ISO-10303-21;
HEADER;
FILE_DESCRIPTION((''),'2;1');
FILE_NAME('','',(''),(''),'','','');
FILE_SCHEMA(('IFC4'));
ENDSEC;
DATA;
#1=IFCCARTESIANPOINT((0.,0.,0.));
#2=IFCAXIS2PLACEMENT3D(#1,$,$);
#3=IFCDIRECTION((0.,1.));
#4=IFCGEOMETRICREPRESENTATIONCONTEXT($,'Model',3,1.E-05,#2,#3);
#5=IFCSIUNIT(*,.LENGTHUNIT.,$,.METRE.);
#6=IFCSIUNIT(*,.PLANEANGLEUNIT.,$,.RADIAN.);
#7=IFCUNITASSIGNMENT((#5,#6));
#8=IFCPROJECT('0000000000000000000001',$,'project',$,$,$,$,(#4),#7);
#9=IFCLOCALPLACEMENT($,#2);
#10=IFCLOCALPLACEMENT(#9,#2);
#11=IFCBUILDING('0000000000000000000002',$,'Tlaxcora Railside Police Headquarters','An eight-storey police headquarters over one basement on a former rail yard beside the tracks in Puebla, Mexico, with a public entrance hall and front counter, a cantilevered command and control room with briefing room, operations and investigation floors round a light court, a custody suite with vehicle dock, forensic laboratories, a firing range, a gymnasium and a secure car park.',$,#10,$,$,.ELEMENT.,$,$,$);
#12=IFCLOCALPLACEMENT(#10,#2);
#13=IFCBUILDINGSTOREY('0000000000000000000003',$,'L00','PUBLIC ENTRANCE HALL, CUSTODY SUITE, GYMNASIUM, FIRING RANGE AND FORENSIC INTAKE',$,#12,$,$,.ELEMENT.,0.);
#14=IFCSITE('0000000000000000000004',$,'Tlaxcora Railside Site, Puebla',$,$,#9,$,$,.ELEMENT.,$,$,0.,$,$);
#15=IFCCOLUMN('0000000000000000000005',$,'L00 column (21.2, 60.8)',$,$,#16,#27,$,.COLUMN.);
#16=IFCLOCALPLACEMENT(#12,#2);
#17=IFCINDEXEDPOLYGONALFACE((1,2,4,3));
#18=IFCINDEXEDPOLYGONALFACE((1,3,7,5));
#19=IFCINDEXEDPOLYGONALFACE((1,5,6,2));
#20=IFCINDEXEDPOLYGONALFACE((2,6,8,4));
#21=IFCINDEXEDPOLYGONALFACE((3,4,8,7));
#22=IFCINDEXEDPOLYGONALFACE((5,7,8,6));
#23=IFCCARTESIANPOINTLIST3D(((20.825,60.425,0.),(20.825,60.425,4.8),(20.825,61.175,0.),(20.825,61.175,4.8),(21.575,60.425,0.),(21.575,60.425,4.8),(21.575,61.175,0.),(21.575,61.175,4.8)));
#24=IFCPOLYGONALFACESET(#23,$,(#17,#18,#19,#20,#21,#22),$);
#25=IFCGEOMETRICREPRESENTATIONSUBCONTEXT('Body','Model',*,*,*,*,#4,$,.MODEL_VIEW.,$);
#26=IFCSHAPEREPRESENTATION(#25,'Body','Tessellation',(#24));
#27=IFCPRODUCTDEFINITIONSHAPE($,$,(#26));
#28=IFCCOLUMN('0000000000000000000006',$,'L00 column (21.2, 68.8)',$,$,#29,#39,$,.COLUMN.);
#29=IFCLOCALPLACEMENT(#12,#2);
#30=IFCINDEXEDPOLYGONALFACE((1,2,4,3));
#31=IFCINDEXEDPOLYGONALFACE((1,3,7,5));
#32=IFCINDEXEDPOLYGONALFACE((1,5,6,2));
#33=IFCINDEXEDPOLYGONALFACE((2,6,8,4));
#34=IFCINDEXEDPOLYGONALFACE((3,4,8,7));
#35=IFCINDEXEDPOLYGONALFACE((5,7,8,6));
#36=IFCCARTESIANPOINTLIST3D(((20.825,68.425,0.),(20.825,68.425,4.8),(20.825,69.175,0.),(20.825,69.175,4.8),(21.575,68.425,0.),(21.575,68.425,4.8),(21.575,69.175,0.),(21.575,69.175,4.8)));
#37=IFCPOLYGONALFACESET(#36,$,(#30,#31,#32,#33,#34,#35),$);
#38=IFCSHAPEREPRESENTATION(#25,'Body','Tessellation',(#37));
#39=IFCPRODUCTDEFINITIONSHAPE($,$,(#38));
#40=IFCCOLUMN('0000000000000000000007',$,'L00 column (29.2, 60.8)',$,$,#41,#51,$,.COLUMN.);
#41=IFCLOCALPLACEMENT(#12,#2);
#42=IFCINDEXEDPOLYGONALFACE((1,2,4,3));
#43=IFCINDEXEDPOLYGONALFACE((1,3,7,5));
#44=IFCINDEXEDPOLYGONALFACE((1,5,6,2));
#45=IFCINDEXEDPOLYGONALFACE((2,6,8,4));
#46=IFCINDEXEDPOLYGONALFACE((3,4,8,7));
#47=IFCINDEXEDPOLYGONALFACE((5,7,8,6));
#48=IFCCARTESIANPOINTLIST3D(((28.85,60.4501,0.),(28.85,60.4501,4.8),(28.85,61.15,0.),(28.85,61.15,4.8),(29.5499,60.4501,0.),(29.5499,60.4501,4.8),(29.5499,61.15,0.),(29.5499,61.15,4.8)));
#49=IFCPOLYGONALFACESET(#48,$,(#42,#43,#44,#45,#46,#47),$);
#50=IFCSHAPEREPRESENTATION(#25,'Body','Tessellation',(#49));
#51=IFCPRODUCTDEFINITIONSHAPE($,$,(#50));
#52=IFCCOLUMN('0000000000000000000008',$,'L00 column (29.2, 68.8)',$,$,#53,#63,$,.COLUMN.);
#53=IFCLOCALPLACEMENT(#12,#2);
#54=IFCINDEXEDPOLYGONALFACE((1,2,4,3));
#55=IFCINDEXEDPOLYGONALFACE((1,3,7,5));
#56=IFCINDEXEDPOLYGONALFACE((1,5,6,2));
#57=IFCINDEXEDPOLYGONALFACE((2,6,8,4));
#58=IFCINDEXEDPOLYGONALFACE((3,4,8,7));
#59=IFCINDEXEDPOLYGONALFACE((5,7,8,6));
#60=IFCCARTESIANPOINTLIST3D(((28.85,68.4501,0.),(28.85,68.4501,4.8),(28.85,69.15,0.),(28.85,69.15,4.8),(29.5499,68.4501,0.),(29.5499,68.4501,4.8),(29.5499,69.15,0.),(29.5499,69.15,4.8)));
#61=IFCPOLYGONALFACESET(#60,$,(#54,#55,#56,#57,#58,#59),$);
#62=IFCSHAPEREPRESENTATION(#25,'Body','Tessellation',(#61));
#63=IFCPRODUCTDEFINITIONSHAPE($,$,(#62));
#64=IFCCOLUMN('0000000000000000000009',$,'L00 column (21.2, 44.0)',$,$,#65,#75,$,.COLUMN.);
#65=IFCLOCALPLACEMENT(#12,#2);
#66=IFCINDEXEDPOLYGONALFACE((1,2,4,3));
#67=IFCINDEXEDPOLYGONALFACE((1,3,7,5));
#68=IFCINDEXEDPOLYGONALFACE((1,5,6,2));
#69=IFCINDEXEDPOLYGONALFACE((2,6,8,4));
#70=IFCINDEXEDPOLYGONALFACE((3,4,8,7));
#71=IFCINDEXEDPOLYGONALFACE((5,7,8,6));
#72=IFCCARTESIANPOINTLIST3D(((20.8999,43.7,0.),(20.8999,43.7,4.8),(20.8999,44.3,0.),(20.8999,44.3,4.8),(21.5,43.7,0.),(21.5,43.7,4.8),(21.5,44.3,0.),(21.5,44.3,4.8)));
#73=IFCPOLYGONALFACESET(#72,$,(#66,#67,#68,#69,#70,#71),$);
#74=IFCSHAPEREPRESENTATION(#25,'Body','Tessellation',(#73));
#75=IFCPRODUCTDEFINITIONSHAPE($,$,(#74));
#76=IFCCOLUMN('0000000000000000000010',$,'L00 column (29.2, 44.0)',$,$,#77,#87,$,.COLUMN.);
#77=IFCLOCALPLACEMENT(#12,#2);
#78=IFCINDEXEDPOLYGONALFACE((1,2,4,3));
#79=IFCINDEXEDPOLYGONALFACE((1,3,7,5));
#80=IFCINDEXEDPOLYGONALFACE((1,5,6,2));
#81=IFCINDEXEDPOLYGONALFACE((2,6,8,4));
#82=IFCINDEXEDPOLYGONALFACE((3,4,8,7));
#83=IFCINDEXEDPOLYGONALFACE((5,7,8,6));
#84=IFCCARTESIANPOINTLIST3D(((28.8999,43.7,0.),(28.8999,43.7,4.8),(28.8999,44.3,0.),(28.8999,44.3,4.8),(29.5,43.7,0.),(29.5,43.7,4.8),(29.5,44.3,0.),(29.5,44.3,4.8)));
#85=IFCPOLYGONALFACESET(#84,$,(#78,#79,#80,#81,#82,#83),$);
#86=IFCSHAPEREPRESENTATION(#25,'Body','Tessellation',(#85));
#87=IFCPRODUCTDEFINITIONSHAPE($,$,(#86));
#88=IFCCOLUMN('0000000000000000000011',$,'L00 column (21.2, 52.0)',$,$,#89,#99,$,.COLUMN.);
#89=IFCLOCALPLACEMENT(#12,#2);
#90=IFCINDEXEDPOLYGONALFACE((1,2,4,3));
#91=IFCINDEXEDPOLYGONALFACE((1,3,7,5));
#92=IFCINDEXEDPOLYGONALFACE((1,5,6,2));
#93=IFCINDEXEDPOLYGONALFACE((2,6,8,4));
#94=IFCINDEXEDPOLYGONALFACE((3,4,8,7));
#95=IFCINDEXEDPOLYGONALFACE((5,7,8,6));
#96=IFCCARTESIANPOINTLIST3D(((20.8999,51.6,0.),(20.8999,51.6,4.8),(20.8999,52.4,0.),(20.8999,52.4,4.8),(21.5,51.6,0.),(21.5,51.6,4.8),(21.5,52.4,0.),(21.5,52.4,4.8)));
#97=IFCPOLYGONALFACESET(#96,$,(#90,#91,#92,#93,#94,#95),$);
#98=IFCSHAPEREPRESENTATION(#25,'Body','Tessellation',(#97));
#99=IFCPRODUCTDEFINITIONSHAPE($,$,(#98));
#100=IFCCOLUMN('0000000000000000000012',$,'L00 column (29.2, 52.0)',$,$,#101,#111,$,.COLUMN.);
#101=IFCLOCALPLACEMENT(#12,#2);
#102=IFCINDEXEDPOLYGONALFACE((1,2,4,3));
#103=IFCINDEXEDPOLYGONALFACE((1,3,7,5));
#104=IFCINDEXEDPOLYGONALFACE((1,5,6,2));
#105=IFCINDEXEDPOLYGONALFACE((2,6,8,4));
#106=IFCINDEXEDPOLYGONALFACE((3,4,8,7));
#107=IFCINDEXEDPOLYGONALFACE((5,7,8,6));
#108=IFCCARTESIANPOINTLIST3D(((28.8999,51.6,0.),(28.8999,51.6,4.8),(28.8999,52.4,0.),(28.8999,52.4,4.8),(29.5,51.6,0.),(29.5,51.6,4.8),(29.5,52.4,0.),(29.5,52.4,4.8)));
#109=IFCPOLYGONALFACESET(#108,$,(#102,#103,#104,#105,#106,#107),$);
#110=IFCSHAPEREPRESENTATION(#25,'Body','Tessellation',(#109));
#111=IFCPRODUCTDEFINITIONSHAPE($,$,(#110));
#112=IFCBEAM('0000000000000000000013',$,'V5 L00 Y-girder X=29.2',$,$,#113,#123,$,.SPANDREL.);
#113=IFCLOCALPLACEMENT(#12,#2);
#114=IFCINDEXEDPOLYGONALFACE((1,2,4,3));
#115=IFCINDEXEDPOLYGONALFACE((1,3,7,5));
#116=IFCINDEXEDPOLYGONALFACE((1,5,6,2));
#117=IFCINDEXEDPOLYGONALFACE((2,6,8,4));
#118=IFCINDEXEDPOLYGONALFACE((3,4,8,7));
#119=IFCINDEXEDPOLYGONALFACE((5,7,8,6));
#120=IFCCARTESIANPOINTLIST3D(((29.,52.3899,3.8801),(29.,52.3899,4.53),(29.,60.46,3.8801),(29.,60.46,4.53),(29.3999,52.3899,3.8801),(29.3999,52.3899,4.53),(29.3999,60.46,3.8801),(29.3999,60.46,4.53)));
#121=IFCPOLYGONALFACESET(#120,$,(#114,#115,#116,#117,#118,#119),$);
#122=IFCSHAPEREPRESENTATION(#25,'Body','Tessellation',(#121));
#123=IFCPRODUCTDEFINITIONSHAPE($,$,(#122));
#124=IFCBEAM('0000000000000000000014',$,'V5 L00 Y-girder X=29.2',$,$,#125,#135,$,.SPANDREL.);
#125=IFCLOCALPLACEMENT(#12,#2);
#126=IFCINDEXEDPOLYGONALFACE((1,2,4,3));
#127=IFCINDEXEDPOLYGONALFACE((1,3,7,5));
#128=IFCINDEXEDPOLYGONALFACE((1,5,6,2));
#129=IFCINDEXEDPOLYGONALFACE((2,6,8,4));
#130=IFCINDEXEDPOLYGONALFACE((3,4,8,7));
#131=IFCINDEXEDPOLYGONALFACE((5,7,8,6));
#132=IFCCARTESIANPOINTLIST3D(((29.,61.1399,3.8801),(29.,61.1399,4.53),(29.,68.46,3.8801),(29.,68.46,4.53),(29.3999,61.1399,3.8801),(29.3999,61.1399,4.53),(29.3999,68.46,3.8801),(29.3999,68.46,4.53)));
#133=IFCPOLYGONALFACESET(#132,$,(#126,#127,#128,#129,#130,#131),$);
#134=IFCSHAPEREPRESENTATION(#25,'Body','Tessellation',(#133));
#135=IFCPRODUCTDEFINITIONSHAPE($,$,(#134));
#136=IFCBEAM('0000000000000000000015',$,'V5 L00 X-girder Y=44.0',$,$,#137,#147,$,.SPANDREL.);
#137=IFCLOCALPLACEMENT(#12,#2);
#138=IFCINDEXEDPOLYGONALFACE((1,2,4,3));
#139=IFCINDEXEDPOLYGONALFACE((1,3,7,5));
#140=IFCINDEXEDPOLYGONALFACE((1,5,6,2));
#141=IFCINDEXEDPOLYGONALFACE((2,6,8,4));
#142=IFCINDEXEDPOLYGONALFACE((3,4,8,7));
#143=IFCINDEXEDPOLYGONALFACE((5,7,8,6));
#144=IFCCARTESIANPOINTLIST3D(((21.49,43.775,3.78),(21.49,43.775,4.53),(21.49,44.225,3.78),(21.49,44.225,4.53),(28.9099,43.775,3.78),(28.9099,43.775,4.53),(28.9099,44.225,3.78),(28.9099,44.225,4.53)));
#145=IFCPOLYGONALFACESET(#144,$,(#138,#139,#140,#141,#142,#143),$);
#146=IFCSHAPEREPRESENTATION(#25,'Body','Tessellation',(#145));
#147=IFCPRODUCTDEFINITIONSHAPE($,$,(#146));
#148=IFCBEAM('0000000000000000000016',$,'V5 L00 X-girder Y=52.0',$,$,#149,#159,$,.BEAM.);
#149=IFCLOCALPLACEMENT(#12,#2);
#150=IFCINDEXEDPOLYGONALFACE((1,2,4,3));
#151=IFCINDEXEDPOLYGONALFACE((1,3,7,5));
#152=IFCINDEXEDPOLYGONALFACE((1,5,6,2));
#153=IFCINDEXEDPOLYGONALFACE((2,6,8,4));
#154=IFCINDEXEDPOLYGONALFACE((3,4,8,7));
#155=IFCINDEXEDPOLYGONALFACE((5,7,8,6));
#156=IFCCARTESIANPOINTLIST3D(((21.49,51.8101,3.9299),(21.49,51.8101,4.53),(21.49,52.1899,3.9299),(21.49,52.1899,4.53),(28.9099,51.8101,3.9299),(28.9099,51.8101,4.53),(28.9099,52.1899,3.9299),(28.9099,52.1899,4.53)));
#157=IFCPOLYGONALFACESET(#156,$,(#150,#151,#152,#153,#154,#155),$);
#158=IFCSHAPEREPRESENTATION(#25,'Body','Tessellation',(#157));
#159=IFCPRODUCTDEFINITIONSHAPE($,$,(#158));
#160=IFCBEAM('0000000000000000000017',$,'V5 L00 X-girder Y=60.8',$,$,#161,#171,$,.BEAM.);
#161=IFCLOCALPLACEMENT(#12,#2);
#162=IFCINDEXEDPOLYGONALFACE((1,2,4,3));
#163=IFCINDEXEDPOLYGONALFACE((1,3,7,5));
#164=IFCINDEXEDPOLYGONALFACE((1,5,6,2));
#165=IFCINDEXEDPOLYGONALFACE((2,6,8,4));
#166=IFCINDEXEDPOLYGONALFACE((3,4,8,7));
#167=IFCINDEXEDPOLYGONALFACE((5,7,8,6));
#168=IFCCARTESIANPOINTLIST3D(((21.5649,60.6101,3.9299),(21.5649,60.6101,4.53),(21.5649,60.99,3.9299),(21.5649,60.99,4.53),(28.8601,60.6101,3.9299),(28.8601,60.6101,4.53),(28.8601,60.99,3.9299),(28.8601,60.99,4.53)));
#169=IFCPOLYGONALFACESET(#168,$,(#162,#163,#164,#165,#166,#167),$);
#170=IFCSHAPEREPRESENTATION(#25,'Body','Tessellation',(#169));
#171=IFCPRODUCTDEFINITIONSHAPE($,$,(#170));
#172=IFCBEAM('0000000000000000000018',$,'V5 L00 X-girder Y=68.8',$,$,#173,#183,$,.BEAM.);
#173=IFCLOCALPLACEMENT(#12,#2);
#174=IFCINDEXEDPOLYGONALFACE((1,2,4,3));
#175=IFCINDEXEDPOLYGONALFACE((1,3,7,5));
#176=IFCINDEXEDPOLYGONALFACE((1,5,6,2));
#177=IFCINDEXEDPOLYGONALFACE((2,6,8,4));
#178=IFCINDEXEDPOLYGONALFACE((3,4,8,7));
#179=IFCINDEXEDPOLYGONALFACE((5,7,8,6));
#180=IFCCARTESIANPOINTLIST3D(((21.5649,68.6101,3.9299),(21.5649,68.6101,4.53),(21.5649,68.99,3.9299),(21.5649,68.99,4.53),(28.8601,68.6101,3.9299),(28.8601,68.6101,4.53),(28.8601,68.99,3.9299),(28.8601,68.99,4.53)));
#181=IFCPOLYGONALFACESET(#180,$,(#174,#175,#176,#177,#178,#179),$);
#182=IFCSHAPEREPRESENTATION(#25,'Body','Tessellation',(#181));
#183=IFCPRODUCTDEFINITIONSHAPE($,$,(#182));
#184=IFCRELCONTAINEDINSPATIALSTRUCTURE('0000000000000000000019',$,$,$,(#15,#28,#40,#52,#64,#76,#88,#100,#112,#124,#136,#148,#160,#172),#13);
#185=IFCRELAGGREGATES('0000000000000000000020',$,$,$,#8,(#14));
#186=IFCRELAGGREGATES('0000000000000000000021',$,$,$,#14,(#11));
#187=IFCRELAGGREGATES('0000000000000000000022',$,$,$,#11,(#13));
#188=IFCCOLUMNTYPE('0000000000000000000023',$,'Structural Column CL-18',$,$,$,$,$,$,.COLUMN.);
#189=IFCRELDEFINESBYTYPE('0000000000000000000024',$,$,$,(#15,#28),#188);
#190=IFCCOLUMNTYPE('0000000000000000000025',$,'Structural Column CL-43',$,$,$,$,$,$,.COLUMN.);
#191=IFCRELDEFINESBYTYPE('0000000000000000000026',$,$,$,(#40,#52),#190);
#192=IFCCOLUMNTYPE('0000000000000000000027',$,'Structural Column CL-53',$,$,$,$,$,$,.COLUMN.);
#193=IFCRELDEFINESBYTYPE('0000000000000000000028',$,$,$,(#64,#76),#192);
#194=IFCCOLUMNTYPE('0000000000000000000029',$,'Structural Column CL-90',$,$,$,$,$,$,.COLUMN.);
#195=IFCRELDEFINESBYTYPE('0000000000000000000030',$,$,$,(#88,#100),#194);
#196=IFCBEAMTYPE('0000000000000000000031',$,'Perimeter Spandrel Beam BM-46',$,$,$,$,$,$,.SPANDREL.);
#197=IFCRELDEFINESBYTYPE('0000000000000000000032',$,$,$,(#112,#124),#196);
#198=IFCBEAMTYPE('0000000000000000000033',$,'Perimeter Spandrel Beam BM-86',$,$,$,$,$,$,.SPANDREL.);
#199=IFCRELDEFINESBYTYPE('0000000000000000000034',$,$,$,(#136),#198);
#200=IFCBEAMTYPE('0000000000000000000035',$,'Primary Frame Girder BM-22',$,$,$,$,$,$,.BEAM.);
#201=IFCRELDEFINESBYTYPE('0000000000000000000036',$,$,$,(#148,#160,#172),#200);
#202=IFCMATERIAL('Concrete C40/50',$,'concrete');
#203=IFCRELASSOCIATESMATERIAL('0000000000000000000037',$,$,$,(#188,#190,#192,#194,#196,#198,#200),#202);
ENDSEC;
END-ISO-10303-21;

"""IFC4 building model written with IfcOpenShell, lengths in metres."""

from ifc_helpers import new_model, si_unit, direction, frame, origin, origin_2d, place, context, subcontext, project, spatial, rectangle, extrude, material, material_profile, profile_set, type_object, element, save


model = new_model("IFC4")

# Units and contexts
model_context = context("Model", 3, precision=1e-05, world=origin(), true_north=direction((0.0, 1.0)))
body_context = subcontext(model_context, "Body", "Model", "MODEL_VIEW")
ifc_project = project(units=[si_unit("LENGTHUNIT", "METRE"), si_unit("PLANEANGLEUNIT", "RADIAN")], contexts=[model_context])

# Site, building, storey
site_placement = place(None, origin())
site = spatial("IfcSite", under=ifc_project, at=site_placement, Name="Tlaxcora Railside Site, Puebla", CompositionType="ELEMENT", RefElevation=0.0)
building_placement = place(site_placement, origin())
building = spatial("IfcBuilding", under=site, at=building_placement, Name="Tlaxcora Railside Police Headquarters", Description="An eight-storey police headquarters over one basement on a former rail yard beside the tracks in Puebla, Mexico, with a public entrance hall and front counter, a cantilevered command and control room with briefing room, operations and investigation floors round a light court, a custody suite with vehicle dock, forensic laboratories, a firing range, a gymnasium and a secure car park.", CompositionType="ELEMENT")
storey_placement = place(building_placement, origin())
storey = spatial("IfcBuildingStorey", under=building, at=storey_placement, Name="L00", Description="PUBLIC ENTRANCE HALL, CUSTODY SUITE, GYMNASIUM, FIRING RANGE AND FORENSIC INTAKE", CompositionType="ELEMENT", Elevation=0.0)

# Columns
ifc_material_1 = material(Name="Concrete C40/50", Category="concrete")
ifc_material_profile_1 = material_profile(ifc_material_1, rectangle(XDim=0.75, YDim=0.75, at=origin_2d()), Name="RC750X750")
ifc_profile_set_1 = profile_set([ifc_material_profile_1], Name="Concrete C40/50")
column_type_1 = type_object("IfcColumnType", Name="Structural Column CL-18", PredefinedType="COLUMN", material=ifc_profile_set_1)
for number, where, z_axis, x_axis, name in (
    (1, (21.2, 60.8, 0.0), (0.0, 0.0, 1.0), (1.0, 0.0, 0.0), "L00 column (21.2, 60.8)"),
    (2, (21.2, 68.8, 0.0), (0.0, 0.0, 1.0), (1.0, 0.0, 0.0), "L00 column (21.2, 68.8)"),
):
    element("IfcColumn", number, at=place(storey_placement, frame(where, z_axis=z_axis, x_axis=x_axis)), inside=storey, type_object=column_type_1, Name=name, PredefinedType="COLUMN", context=body_context, shape_type="SweptSolid", body=[
        extrude(rectangle(XDim=0.75, YDim=0.75, at=origin_2d()), origin(), (0.0, 0.0, 1.0), 4.8),
    ])
ifc_material_profile_2 = material_profile(ifc_material_1, rectangle(XDim=0.7, YDim=0.7, at=origin_2d()), Name="RC700X700")
ifc_profile_set_2 = profile_set([ifc_material_profile_2], Name="Concrete C40/50")
column_type_2 = type_object("IfcColumnType", Name="Structural Column CL-43", PredefinedType="COLUMN", material=ifc_profile_set_2)
for number, where, z_axis, x_axis, name in (
    (3, (29.2, 60.8, 0.0), (0.0, 0.0, 1.0), (1.0, 0.0, 0.0), "L00 column (29.2, 60.8)"),
    (4, (29.2, 68.8, 0.0), (0.0, 0.0, 1.0), (1.0, 0.0, 0.0), "L00 column (29.2, 68.8)"),
):
    element("IfcColumn", number, at=place(storey_placement, frame(where, z_axis=z_axis, x_axis=x_axis)), inside=storey, type_object=column_type_2, Name=name, PredefinedType="COLUMN", context=body_context, shape_type="SweptSolid", body=[
        extrude(rectangle(XDim=0.7, YDim=0.7, at=origin_2d()), origin(), (0.0, 0.0, 1.0), 4.8),
    ])
ifc_material_profile_3 = material_profile(ifc_material_1, rectangle(XDim=0.6001, YDim=0.6001, at=origin_2d()), Name="RC600X600")
ifc_profile_set_3 = profile_set([ifc_material_profile_3], Name="Concrete C40/50")
column_type_3 = type_object("IfcColumnType", Name="Structural Column CL-53", PredefinedType="COLUMN", material=ifc_profile_set_3)
for number, where, z_axis, x_axis, name in (
    (5, (21.2, 44.0, 0.0), (0.0, 0.0, 1.0), (1.0, 0.0, 0.0), "L00 column (21.2, 44.0)"),
    (6, (29.2, 44.0, 0.0), (0.0, 0.0, 1.0), (1.0, 0.0, 0.0), "L00 column (29.2, 44.0)"),
):
    element("IfcColumn", number, at=place(storey_placement, frame(where, z_axis=z_axis, x_axis=x_axis)), inside=storey, type_object=column_type_3, Name=name, PredefinedType="COLUMN", context=body_context, shape_type="SweptSolid", body=[
        extrude(rectangle(XDim=0.6001, YDim=0.6001, at=origin_2d()), origin(), (0.0, 0.0, 1.0), 4.8),
    ])
ifc_material_profile_4 = material_profile(ifc_material_1, rectangle(XDim=0.6001, YDim=0.8, at=origin_2d()), Name="RC600X800")
ifc_profile_set_4 = profile_set([ifc_material_profile_4], Name="Concrete C40/50")
column_type_4 = type_object("IfcColumnType", Name="Structural Column CL-90", PredefinedType="COLUMN", material=ifc_profile_set_4)
for number, where, z_axis, x_axis, name in (
    (7, (21.2, 52.0, 0.0), (0.0, 0.0, 1.0), (1.0, 0.0, 0.0), "L00 column (21.2, 52.0)"),
    (8, (29.2, 52.0, 0.0), (0.0, 0.0, 1.0), (1.0, 0.0, 0.0), "L00 column (29.2, 52.0)"),
):
    element("IfcColumn", number, at=place(storey_placement, frame(where, z_axis=z_axis, x_axis=x_axis)), inside=storey, type_object=column_type_4, Name=name, PredefinedType="COLUMN", context=body_context, shape_type="SweptSolid", body=[
        extrude(rectangle(XDim=0.6001, YDim=0.8, at=origin_2d()), origin(), (0.0, 0.0, 1.0), 4.8),
    ])

# Beams
ifc_material_profile_5 = material_profile(ifc_material_1, rectangle(XDim=0.3999, YDim=0.6499, at=origin_2d()), Name="RC400X650")
ifc_profile_set_5 = profile_set([ifc_material_profile_5], Name="Concrete C40/50")
beam_type_1 = type_object("IfcBeamType", Name="Perimeter Spandrel Beam BM-46", PredefinedType="SPANDREL", material=ifc_profile_set_5)
beam_1_placement = place(storey_placement, frame((29.2, 52.3899, 4.2051), z_axis=(0.0, 1.0, 0.0), x_axis=(-1.0, 0.0, 0.0)))
element("IfcBeam", 9, at=beam_1_placement, inside=storey, type_object=beam_type_1, Name="V5 L00 Y-girder X=29.2", PredefinedType="SPANDREL", context=body_context, shape_type="SweptSolid", body=[
    extrude(rectangle(XDim=0.3999, YDim=0.6499, at=origin_2d()), origin(), (0.0, 0.0, 1.0), 8.0701),
])
beam_2_placement = place(storey_placement, frame((29.2, 61.1399, 4.2051), z_axis=(0.0, 1.0, 0.0), x_axis=(-1.0, 0.0, 0.0)))
element("IfcBeam", 10, at=beam_2_placement, inside=storey, type_object=beam_type_1, Name="V5 L00 Y-girder X=29.2", PredefinedType="SPANDREL", context=body_context, shape_type="SweptSolid", body=[
    extrude(rectangle(XDim=0.3999, YDim=0.6499, at=origin_2d()), origin(), (0.0, 0.0, 1.0), 7.3201),
])
ifc_material_profile_6 = material_profile(ifc_material_1, rectangle(XDim=0.45, YDim=0.75, at=origin_2d()), Name="RC450X750")
ifc_profile_set_6 = profile_set([ifc_material_profile_6], Name="Concrete C40/50")
beam_type_2 = type_object("IfcBeamType", Name="Perimeter Spandrel Beam BM-86", PredefinedType="SPANDREL", material=ifc_profile_set_6)
beam_3_placement = place(storey_placement, frame((21.49, 44.0, 4.155), z_axis=(1.0, 0.0, 0.0), x_axis=(0.0, 1.0, 0.0)))
element("IfcBeam", 11, at=beam_3_placement, inside=storey, type_object=beam_type_2, Name="V5 L00 X-girder Y=44.0", PredefinedType="SPANDREL", context=body_context, shape_type="SweptSolid", body=[
    extrude(rectangle(XDim=0.45, YDim=0.75, at=origin_2d()), origin(), (0.0, 0.0, 1.0), 7.4199),
])
ifc_material_profile_7 = material_profile(ifc_material_1, rectangle(XDim=0.3799, YDim=0.6001, at=origin_2d()), Name="RC380X600")
ifc_profile_set_7 = profile_set([ifc_material_profile_7], Name="Concrete C40/50")
beam_type_3 = type_object("IfcBeamType", Name="Primary Frame Girder BM-22", PredefinedType="BEAM", material=ifc_profile_set_7)
beam_4_placement = place(storey_placement, frame((21.49, 52.0, 4.23), z_axis=(1.0, 0.0, 0.0), x_axis=(0.0, 1.0, 0.0)))
element("IfcBeam", 12, at=beam_4_placement, inside=storey, type_object=beam_type_3, Name="V5 L00 X-girder Y=52.0", PredefinedType="BEAM", context=body_context, shape_type="SweptSolid", body=[
    extrude(rectangle(XDim=0.3799, YDim=0.6001, at=origin_2d()), origin(), (0.0, 0.0, 1.0), 7.4199),
])
for number, where, z_axis, x_axis, name in (
    (13, (21.5649, 60.8, 4.23), (1.0, 0.0, 0.0), (0.0, 1.0, 0.0), "V5 L00 X-girder Y=60.8"),
    (14, (21.5649, 68.8, 4.23), (1.0, 0.0, 0.0), (0.0, 1.0, 0.0), "V5 L00 X-girder Y=68.8"),
):
    element("IfcBeam", number, at=place(storey_placement, frame(where, z_axis=z_axis, x_axis=x_axis)), inside=storey, type_object=beam_type_3, Name=name, PredefinedType="BEAM", context=body_context, shape_type="SweptSolid", body=[
        extrude(rectangle(XDim=0.3799, YDim=0.6001, at=origin_2d()), origin(), (0.0, 0.0, 1.0), 7.2952),
    ])

save(model, "model.ifc")
